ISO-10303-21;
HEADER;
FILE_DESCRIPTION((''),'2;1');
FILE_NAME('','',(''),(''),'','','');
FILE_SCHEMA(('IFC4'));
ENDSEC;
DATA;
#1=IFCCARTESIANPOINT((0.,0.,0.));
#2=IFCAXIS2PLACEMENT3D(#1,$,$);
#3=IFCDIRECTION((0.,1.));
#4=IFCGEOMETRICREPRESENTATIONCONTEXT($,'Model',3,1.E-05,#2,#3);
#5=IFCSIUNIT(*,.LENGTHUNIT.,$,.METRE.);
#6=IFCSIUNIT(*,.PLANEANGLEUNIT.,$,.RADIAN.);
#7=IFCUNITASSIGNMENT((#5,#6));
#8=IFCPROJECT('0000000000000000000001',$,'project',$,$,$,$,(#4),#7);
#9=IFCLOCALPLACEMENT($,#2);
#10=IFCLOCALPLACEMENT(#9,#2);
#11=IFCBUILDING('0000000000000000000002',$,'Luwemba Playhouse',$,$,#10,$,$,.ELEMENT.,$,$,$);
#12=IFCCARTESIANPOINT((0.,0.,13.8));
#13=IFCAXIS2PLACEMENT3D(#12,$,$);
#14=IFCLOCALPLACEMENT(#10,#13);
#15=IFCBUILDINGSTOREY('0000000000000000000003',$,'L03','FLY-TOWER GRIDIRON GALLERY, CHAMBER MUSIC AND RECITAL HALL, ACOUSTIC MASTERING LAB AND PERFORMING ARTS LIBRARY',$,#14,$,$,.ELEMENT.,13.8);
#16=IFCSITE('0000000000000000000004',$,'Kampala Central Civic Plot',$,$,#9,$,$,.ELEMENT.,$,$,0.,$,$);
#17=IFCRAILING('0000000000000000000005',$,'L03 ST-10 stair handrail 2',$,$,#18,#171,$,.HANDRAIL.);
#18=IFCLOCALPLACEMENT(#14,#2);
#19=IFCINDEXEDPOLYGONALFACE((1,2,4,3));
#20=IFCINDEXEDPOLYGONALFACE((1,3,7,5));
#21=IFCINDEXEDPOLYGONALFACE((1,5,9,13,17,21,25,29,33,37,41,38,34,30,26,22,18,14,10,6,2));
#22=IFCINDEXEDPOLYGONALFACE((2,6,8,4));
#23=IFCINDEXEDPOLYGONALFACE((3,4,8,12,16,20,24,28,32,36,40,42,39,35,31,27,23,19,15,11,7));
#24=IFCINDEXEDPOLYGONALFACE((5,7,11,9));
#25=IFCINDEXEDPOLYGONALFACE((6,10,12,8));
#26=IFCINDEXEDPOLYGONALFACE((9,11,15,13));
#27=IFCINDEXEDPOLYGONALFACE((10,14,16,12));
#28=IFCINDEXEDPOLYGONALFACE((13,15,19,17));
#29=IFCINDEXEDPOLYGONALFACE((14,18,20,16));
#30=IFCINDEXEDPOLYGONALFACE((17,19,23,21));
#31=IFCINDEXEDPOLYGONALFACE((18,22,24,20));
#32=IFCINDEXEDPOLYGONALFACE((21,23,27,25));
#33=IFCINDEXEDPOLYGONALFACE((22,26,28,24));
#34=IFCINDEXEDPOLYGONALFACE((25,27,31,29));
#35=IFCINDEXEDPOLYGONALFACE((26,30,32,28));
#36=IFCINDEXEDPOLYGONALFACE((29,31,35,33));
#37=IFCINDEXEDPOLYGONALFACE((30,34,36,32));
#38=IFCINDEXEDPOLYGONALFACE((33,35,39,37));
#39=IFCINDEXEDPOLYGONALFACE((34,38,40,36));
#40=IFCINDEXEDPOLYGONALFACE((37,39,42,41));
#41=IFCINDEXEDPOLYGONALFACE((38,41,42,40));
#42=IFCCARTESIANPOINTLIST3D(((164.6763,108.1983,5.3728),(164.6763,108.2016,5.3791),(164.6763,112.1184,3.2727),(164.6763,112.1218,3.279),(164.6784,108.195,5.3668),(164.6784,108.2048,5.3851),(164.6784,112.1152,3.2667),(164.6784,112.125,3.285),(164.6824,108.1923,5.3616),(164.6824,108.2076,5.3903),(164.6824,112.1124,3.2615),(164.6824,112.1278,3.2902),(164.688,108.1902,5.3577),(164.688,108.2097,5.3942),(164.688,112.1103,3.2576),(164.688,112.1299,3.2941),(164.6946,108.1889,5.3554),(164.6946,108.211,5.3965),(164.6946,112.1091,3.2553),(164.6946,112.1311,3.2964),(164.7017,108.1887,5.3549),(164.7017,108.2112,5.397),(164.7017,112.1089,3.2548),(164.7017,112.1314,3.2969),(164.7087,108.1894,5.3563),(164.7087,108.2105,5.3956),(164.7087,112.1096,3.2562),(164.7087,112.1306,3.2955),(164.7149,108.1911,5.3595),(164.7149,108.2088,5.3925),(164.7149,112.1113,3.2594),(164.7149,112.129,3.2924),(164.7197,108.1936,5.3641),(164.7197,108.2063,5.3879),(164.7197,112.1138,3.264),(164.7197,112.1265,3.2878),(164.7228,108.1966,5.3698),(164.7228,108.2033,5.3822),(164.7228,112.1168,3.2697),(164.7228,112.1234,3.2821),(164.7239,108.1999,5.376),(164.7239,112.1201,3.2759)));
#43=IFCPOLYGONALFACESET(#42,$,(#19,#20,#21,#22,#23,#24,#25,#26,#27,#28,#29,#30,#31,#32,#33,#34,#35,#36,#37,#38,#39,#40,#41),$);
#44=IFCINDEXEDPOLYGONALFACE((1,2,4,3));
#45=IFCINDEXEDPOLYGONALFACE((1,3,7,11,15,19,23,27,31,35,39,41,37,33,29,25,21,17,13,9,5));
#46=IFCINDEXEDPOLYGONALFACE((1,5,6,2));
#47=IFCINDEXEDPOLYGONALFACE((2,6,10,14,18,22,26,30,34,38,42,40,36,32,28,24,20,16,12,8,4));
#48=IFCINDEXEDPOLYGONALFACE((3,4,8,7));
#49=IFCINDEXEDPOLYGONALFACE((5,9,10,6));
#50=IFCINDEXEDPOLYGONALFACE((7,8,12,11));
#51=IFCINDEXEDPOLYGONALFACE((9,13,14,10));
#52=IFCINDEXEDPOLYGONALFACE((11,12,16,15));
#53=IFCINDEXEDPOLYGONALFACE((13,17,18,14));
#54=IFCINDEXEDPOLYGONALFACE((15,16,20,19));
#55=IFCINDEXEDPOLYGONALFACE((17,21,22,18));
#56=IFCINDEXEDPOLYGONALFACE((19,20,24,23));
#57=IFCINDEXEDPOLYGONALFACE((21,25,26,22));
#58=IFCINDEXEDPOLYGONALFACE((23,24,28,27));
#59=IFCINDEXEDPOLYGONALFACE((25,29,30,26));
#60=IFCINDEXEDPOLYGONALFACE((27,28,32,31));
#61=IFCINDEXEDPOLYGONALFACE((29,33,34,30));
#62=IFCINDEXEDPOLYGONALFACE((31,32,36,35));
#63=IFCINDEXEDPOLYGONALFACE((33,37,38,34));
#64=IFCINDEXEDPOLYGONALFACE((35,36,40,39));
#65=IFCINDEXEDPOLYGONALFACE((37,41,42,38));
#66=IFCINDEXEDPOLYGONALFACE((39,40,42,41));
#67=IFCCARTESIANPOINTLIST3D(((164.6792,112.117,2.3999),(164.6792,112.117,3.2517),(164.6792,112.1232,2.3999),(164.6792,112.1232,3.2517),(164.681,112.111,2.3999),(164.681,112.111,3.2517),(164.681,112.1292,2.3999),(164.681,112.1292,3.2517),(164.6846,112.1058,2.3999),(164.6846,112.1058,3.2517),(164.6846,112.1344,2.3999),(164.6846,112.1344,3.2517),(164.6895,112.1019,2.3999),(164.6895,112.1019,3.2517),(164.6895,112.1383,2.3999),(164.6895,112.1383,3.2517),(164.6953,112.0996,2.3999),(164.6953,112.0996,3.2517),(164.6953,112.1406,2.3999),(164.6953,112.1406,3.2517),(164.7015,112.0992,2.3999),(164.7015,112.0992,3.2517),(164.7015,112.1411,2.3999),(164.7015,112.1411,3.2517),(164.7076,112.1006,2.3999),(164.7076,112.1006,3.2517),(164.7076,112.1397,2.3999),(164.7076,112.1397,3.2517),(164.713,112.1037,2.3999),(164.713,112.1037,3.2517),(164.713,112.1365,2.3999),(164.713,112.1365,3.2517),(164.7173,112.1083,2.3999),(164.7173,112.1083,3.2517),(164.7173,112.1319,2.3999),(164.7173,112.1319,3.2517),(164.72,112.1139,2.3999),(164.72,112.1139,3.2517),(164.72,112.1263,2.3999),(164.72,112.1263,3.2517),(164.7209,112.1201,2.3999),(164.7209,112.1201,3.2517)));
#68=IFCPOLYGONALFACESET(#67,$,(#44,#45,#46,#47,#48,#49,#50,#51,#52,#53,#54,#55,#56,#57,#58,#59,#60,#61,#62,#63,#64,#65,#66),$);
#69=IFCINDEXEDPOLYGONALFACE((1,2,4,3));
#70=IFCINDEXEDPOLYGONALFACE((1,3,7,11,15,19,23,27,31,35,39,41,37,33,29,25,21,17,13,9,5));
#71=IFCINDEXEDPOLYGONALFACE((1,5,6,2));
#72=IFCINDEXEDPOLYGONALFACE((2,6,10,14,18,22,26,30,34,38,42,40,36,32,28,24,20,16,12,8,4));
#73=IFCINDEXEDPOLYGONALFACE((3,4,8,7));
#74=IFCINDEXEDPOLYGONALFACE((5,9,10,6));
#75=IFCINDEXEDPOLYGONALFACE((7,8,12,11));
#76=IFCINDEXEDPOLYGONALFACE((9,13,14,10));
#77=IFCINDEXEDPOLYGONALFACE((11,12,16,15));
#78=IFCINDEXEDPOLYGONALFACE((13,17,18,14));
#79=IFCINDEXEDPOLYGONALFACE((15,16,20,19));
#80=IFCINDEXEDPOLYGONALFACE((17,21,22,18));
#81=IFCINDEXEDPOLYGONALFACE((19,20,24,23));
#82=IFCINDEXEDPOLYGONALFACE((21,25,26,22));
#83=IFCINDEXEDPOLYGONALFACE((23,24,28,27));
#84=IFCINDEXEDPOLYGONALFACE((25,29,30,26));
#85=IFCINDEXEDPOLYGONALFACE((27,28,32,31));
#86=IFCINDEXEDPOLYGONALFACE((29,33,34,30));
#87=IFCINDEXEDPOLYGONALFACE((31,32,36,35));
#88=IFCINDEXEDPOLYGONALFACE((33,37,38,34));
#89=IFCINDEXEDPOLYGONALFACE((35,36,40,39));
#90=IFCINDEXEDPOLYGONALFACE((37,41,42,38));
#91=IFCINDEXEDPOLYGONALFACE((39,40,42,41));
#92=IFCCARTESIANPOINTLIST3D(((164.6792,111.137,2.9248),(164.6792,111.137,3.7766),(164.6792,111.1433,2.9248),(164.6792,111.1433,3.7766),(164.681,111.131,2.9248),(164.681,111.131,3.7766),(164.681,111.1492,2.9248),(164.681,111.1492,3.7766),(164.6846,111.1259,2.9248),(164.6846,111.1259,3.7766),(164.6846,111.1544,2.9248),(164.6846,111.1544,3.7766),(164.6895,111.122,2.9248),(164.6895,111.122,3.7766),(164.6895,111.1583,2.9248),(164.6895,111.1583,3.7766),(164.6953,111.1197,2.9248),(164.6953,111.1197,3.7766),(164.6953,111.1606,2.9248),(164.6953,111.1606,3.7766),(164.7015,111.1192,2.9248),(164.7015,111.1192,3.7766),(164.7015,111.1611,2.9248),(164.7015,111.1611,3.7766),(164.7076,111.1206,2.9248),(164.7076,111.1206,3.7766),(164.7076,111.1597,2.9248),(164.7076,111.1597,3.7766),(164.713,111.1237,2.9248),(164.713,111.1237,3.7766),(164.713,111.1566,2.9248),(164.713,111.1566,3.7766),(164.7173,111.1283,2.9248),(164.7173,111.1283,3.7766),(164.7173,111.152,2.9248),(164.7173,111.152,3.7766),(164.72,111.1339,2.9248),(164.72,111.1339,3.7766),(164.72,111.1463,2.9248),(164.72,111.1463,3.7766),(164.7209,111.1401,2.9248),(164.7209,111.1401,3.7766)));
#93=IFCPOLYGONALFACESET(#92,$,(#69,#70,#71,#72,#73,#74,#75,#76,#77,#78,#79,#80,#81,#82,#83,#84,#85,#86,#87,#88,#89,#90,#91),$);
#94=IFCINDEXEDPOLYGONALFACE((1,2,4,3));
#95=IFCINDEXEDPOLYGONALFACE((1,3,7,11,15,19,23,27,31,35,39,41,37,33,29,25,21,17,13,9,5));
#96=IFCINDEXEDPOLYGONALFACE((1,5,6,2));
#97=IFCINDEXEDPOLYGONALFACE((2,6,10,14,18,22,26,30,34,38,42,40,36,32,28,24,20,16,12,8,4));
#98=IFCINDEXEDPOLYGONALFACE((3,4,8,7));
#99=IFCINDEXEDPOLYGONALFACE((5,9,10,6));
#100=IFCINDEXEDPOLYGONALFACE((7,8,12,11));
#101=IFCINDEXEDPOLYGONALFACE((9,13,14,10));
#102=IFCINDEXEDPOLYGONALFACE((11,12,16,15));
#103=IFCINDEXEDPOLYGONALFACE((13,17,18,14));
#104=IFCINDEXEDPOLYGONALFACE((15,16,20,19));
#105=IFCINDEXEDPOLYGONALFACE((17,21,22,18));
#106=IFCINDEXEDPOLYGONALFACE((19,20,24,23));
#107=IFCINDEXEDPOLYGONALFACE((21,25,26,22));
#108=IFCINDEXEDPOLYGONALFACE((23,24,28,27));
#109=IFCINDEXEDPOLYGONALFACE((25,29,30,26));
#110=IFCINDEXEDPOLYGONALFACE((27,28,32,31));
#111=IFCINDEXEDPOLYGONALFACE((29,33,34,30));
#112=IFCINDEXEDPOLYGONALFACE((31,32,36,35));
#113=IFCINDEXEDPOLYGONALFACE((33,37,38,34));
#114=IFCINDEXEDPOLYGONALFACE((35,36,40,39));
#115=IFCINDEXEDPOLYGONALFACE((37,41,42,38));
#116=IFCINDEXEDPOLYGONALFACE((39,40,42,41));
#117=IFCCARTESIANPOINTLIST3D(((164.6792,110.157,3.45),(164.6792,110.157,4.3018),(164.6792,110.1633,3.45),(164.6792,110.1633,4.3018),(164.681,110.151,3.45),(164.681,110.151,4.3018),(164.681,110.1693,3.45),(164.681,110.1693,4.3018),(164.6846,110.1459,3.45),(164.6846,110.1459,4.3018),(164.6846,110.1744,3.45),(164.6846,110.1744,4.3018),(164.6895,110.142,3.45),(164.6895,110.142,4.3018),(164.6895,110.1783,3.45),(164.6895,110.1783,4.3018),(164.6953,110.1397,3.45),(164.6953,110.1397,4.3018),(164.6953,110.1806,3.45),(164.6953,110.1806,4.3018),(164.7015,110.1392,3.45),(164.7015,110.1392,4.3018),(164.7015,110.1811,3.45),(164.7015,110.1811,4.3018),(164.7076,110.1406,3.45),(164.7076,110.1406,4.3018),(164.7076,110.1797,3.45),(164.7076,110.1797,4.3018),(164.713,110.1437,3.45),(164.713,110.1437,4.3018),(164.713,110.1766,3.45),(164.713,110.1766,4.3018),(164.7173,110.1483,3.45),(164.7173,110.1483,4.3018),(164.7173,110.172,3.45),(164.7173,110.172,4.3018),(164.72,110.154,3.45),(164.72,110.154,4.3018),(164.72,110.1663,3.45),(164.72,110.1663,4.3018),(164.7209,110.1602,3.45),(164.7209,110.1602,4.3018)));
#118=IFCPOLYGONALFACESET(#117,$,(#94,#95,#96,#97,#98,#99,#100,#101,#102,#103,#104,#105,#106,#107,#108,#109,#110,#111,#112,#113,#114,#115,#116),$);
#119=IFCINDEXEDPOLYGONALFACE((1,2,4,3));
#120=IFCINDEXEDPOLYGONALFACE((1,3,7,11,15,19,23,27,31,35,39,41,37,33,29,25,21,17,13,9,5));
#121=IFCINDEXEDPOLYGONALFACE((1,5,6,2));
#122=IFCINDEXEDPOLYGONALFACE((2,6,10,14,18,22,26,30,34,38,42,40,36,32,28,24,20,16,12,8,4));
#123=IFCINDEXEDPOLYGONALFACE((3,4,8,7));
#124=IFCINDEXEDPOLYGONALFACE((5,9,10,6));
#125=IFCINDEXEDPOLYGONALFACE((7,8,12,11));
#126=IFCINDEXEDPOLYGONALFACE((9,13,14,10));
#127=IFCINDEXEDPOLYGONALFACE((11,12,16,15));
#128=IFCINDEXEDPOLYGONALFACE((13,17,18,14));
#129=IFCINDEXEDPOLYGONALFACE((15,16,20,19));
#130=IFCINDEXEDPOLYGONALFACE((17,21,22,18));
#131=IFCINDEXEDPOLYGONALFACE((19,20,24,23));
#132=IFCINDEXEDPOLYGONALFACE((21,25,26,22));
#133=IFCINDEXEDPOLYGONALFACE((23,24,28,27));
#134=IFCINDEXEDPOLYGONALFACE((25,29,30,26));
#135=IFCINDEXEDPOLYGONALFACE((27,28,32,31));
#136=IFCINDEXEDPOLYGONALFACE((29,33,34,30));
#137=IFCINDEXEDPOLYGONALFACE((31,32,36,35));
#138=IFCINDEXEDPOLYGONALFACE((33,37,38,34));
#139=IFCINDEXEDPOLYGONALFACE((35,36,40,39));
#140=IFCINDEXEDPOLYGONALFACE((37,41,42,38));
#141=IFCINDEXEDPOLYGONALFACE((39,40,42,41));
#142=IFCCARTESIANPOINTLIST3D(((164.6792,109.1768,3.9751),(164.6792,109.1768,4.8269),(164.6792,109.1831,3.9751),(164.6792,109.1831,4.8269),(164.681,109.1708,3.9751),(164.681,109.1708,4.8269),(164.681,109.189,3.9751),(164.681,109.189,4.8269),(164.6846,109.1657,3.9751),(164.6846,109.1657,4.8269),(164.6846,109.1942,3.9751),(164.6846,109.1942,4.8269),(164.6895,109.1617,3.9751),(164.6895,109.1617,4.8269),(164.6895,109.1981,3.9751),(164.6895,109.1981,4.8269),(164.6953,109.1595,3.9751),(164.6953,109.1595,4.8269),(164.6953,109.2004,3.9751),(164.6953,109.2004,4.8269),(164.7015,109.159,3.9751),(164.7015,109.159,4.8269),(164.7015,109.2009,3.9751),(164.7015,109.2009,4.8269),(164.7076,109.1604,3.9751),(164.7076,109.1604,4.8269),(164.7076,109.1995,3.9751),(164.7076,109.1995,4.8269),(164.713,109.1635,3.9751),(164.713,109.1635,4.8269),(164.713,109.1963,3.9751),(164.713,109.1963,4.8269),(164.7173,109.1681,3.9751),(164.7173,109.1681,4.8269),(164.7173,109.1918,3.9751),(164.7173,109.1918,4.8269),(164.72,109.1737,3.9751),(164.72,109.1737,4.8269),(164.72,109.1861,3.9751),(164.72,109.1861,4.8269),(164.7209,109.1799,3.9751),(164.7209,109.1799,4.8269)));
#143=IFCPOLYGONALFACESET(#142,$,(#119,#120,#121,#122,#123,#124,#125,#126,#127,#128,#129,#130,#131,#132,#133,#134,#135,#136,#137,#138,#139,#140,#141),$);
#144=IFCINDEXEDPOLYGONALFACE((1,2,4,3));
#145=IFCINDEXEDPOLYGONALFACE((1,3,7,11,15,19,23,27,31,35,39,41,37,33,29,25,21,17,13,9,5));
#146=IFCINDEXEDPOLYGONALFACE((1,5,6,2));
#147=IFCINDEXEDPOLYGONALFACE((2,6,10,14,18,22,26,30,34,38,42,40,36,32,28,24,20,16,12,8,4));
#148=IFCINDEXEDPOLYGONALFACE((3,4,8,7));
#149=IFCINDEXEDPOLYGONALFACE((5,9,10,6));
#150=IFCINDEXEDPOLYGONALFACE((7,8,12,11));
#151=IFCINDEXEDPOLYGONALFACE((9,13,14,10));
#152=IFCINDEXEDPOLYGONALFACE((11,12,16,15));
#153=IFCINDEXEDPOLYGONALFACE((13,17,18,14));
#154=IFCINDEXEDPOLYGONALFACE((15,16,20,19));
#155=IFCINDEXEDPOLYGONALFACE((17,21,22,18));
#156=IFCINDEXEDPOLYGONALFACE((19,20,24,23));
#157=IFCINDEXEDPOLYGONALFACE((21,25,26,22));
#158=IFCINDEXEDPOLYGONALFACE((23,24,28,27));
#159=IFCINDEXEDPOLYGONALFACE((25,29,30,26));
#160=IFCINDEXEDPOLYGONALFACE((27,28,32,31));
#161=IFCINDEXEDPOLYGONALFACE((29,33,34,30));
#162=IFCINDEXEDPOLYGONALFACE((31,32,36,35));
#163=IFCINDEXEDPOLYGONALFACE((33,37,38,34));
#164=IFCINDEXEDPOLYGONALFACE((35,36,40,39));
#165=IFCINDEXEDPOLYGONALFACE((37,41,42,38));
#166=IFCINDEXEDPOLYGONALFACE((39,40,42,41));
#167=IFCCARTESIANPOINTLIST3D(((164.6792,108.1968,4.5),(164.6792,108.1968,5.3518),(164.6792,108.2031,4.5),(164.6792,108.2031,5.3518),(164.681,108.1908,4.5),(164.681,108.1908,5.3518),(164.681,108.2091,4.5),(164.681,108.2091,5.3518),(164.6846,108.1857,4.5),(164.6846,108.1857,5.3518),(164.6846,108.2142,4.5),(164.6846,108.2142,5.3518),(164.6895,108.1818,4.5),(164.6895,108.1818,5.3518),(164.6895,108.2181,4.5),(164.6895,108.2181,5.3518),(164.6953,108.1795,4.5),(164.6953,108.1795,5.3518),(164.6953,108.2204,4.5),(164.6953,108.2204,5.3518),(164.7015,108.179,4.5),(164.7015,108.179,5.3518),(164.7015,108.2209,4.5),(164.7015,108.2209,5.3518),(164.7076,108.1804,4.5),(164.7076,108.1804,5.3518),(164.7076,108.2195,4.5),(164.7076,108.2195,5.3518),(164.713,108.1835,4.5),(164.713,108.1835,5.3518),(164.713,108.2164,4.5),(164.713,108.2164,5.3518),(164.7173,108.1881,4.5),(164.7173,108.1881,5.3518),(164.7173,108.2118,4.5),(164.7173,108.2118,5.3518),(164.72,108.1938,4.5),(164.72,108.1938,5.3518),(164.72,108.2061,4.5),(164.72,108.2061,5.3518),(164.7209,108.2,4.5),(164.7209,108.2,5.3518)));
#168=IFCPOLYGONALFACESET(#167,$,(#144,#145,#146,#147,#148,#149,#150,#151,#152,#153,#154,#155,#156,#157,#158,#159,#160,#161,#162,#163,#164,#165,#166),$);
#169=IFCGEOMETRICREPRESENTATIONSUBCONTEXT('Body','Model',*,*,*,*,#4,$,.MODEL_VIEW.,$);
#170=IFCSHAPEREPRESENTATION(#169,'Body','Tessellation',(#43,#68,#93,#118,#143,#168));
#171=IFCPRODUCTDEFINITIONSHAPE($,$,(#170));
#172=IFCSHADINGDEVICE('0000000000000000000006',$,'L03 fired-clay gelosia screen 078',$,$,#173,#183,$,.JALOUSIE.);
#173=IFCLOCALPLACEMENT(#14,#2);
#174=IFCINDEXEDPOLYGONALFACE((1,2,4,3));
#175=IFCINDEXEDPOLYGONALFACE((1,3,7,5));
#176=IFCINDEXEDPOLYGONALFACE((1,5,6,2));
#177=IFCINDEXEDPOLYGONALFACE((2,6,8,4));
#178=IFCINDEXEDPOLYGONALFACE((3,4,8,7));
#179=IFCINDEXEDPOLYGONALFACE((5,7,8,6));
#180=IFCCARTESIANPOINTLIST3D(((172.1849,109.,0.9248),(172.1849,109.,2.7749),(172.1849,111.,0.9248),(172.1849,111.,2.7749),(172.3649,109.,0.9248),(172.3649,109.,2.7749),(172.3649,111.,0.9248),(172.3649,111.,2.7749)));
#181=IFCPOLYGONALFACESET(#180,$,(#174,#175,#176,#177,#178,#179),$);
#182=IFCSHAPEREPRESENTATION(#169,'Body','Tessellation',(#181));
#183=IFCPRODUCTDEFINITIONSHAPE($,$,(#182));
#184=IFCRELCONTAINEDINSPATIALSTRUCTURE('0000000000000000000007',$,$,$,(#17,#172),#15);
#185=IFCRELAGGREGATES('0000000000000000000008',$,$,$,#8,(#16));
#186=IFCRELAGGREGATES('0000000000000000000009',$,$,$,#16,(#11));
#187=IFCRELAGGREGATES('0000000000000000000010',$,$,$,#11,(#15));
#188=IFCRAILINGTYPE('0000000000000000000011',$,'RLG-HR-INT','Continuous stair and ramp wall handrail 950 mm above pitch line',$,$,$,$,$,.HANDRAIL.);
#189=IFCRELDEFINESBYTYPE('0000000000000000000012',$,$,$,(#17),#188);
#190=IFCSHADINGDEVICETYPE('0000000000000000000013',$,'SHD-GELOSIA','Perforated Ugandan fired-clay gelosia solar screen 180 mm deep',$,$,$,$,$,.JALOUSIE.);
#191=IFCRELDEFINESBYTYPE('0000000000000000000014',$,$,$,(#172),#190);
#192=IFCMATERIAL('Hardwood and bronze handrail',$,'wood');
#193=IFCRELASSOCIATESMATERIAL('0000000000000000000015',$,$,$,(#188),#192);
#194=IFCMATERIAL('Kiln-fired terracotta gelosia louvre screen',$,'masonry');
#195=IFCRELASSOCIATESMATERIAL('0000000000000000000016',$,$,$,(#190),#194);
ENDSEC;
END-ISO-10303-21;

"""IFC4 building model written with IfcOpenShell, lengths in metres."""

from ifc_helpers import new_model, si_unit, direction, frame, origin, origin_2d, place, context, subcontext, project, spatial, rectangle, circle, extrude, material, type_object, element, save


model = new_model("IFC4")

# Units and contexts
model_context = context("Model", 3, precision=1e-05, world=origin(), true_north=direction((0.0, 1.0)))
body_context = subcontext(model_context, "Body", "Model", "MODEL_VIEW")
ifc_project = project(units=[si_unit("LENGTHUNIT", "METRE"), si_unit("PLANEANGLEUNIT", "RADIAN")], contexts=[model_context])

# Site, building, storey
site_placement = place(None, origin())
site = spatial("IfcSite", under=ifc_project, at=site_placement, Name="Kampala Central Civic Plot", CompositionType="ELEMENT", RefElevation=0.0)
building_placement = place(site_placement, origin())
building = spatial("IfcBuilding", under=site, at=building_placement, Name="Luwemba Playhouse", CompositionType="ELEMENT")
storey_placement = place(building_placement, frame((0.0, 0.0, 13.8)))
storey = spatial("IfcBuildingStorey", under=building, at=storey_placement, Name="L03", Description="FLY-TOWER GRIDIRON GALLERY, CHAMBER MUSIC AND RECITAL HALL, ACOUSTIC MASTERING LAB AND PERFORMING ARTS LIBRARY", CompositionType="ELEMENT", Elevation=13.8)

# Railing
ifc_material_1 = material(Name="Hardwood and bronze handrail", Category="wood")
railing_type_1 = type_object("IfcRailingType", Name="RLG-HR-INT", Description="Continuous stair and ramp wall handrail 950 mm above pitch line", PredefinedType="HANDRAIL", material=ifc_material_1)
railing_1_placement = place(storey_placement, frame((164.7, 112.1201, 2.3999)))
element("IfcRailing", 1, at=railing_1_placement, inside=storey, type_object=railing_type_1, Name="L03 ST-10 stair handrail 2", PredefinedType="HANDRAIL", context=body_context, shape_type="SweptSolid", body=[
    extrude(circle(Radius=0.0239, at=origin_2d()), frame((0.0, 0.0, 0.876), z_axis=(0.0, -0.881479, 0.472223), x_axis=(1.0, 0.0, 0.0)), (0.0, 0.0, 1.0), 4.4473),
    extrude(circle(Radius=0.021, at=origin_2d()), origin(), (0.0, 0.0, 1.0), 0.8518),
    extrude(circle(Radius=0.021, at=origin_2d()), frame((0.0, -0.98, 0.5249)), (0.0, 0.0, 1.0), 0.8518),
    extrude(circle(Radius=0.021, at=origin_2d()), frame((0.0, -1.96, 1.05)), (0.0, 0.0, 1.0), 0.8518),
    extrude(circle(Radius=0.021, at=origin_2d()), frame((0.0, -2.9402, 1.5752)), (0.0, 0.0, 1.0), 0.8518),
    extrude(circle(Radius=0.021, at=origin_2d()), frame((0.0, -3.9202, 2.1001)), (0.0, 0.0, 1.0), 0.8518),
])

# Shading device
ifc_material_2 = material(Name="Kiln-fired terracotta gelosia louvre screen", Category="masonry")
shading_device_type = type_object("IfcShadingDeviceType", Name="SHD-GELOSIA", Description="Perforated Ugandan fired-clay gelosia solar screen 180 mm deep", PredefinedType="JALOUSIE", material=ifc_material_2)
shading_device_placement = place(storey_placement, frame((172.2749, 110.0, 0.9248), z_axis=(0.0, 0.0, 1.0), x_axis=(0.0, -1.0, 0.0)))
element("IfcShadingDevice", 2, at=shading_device_placement, inside=storey, type_object=shading_device_type, Name="L03 fired-clay gelosia screen 078", PredefinedType="JALOUSIE", context=body_context, shape_type="SweptSolid", body=[
    extrude(rectangle(XDim=2.0, YDim=0.1799, at=origin_2d()), origin(), (0.0, 0.0, 1.0), 1.8501),
])

save(model, "model.ifc")
